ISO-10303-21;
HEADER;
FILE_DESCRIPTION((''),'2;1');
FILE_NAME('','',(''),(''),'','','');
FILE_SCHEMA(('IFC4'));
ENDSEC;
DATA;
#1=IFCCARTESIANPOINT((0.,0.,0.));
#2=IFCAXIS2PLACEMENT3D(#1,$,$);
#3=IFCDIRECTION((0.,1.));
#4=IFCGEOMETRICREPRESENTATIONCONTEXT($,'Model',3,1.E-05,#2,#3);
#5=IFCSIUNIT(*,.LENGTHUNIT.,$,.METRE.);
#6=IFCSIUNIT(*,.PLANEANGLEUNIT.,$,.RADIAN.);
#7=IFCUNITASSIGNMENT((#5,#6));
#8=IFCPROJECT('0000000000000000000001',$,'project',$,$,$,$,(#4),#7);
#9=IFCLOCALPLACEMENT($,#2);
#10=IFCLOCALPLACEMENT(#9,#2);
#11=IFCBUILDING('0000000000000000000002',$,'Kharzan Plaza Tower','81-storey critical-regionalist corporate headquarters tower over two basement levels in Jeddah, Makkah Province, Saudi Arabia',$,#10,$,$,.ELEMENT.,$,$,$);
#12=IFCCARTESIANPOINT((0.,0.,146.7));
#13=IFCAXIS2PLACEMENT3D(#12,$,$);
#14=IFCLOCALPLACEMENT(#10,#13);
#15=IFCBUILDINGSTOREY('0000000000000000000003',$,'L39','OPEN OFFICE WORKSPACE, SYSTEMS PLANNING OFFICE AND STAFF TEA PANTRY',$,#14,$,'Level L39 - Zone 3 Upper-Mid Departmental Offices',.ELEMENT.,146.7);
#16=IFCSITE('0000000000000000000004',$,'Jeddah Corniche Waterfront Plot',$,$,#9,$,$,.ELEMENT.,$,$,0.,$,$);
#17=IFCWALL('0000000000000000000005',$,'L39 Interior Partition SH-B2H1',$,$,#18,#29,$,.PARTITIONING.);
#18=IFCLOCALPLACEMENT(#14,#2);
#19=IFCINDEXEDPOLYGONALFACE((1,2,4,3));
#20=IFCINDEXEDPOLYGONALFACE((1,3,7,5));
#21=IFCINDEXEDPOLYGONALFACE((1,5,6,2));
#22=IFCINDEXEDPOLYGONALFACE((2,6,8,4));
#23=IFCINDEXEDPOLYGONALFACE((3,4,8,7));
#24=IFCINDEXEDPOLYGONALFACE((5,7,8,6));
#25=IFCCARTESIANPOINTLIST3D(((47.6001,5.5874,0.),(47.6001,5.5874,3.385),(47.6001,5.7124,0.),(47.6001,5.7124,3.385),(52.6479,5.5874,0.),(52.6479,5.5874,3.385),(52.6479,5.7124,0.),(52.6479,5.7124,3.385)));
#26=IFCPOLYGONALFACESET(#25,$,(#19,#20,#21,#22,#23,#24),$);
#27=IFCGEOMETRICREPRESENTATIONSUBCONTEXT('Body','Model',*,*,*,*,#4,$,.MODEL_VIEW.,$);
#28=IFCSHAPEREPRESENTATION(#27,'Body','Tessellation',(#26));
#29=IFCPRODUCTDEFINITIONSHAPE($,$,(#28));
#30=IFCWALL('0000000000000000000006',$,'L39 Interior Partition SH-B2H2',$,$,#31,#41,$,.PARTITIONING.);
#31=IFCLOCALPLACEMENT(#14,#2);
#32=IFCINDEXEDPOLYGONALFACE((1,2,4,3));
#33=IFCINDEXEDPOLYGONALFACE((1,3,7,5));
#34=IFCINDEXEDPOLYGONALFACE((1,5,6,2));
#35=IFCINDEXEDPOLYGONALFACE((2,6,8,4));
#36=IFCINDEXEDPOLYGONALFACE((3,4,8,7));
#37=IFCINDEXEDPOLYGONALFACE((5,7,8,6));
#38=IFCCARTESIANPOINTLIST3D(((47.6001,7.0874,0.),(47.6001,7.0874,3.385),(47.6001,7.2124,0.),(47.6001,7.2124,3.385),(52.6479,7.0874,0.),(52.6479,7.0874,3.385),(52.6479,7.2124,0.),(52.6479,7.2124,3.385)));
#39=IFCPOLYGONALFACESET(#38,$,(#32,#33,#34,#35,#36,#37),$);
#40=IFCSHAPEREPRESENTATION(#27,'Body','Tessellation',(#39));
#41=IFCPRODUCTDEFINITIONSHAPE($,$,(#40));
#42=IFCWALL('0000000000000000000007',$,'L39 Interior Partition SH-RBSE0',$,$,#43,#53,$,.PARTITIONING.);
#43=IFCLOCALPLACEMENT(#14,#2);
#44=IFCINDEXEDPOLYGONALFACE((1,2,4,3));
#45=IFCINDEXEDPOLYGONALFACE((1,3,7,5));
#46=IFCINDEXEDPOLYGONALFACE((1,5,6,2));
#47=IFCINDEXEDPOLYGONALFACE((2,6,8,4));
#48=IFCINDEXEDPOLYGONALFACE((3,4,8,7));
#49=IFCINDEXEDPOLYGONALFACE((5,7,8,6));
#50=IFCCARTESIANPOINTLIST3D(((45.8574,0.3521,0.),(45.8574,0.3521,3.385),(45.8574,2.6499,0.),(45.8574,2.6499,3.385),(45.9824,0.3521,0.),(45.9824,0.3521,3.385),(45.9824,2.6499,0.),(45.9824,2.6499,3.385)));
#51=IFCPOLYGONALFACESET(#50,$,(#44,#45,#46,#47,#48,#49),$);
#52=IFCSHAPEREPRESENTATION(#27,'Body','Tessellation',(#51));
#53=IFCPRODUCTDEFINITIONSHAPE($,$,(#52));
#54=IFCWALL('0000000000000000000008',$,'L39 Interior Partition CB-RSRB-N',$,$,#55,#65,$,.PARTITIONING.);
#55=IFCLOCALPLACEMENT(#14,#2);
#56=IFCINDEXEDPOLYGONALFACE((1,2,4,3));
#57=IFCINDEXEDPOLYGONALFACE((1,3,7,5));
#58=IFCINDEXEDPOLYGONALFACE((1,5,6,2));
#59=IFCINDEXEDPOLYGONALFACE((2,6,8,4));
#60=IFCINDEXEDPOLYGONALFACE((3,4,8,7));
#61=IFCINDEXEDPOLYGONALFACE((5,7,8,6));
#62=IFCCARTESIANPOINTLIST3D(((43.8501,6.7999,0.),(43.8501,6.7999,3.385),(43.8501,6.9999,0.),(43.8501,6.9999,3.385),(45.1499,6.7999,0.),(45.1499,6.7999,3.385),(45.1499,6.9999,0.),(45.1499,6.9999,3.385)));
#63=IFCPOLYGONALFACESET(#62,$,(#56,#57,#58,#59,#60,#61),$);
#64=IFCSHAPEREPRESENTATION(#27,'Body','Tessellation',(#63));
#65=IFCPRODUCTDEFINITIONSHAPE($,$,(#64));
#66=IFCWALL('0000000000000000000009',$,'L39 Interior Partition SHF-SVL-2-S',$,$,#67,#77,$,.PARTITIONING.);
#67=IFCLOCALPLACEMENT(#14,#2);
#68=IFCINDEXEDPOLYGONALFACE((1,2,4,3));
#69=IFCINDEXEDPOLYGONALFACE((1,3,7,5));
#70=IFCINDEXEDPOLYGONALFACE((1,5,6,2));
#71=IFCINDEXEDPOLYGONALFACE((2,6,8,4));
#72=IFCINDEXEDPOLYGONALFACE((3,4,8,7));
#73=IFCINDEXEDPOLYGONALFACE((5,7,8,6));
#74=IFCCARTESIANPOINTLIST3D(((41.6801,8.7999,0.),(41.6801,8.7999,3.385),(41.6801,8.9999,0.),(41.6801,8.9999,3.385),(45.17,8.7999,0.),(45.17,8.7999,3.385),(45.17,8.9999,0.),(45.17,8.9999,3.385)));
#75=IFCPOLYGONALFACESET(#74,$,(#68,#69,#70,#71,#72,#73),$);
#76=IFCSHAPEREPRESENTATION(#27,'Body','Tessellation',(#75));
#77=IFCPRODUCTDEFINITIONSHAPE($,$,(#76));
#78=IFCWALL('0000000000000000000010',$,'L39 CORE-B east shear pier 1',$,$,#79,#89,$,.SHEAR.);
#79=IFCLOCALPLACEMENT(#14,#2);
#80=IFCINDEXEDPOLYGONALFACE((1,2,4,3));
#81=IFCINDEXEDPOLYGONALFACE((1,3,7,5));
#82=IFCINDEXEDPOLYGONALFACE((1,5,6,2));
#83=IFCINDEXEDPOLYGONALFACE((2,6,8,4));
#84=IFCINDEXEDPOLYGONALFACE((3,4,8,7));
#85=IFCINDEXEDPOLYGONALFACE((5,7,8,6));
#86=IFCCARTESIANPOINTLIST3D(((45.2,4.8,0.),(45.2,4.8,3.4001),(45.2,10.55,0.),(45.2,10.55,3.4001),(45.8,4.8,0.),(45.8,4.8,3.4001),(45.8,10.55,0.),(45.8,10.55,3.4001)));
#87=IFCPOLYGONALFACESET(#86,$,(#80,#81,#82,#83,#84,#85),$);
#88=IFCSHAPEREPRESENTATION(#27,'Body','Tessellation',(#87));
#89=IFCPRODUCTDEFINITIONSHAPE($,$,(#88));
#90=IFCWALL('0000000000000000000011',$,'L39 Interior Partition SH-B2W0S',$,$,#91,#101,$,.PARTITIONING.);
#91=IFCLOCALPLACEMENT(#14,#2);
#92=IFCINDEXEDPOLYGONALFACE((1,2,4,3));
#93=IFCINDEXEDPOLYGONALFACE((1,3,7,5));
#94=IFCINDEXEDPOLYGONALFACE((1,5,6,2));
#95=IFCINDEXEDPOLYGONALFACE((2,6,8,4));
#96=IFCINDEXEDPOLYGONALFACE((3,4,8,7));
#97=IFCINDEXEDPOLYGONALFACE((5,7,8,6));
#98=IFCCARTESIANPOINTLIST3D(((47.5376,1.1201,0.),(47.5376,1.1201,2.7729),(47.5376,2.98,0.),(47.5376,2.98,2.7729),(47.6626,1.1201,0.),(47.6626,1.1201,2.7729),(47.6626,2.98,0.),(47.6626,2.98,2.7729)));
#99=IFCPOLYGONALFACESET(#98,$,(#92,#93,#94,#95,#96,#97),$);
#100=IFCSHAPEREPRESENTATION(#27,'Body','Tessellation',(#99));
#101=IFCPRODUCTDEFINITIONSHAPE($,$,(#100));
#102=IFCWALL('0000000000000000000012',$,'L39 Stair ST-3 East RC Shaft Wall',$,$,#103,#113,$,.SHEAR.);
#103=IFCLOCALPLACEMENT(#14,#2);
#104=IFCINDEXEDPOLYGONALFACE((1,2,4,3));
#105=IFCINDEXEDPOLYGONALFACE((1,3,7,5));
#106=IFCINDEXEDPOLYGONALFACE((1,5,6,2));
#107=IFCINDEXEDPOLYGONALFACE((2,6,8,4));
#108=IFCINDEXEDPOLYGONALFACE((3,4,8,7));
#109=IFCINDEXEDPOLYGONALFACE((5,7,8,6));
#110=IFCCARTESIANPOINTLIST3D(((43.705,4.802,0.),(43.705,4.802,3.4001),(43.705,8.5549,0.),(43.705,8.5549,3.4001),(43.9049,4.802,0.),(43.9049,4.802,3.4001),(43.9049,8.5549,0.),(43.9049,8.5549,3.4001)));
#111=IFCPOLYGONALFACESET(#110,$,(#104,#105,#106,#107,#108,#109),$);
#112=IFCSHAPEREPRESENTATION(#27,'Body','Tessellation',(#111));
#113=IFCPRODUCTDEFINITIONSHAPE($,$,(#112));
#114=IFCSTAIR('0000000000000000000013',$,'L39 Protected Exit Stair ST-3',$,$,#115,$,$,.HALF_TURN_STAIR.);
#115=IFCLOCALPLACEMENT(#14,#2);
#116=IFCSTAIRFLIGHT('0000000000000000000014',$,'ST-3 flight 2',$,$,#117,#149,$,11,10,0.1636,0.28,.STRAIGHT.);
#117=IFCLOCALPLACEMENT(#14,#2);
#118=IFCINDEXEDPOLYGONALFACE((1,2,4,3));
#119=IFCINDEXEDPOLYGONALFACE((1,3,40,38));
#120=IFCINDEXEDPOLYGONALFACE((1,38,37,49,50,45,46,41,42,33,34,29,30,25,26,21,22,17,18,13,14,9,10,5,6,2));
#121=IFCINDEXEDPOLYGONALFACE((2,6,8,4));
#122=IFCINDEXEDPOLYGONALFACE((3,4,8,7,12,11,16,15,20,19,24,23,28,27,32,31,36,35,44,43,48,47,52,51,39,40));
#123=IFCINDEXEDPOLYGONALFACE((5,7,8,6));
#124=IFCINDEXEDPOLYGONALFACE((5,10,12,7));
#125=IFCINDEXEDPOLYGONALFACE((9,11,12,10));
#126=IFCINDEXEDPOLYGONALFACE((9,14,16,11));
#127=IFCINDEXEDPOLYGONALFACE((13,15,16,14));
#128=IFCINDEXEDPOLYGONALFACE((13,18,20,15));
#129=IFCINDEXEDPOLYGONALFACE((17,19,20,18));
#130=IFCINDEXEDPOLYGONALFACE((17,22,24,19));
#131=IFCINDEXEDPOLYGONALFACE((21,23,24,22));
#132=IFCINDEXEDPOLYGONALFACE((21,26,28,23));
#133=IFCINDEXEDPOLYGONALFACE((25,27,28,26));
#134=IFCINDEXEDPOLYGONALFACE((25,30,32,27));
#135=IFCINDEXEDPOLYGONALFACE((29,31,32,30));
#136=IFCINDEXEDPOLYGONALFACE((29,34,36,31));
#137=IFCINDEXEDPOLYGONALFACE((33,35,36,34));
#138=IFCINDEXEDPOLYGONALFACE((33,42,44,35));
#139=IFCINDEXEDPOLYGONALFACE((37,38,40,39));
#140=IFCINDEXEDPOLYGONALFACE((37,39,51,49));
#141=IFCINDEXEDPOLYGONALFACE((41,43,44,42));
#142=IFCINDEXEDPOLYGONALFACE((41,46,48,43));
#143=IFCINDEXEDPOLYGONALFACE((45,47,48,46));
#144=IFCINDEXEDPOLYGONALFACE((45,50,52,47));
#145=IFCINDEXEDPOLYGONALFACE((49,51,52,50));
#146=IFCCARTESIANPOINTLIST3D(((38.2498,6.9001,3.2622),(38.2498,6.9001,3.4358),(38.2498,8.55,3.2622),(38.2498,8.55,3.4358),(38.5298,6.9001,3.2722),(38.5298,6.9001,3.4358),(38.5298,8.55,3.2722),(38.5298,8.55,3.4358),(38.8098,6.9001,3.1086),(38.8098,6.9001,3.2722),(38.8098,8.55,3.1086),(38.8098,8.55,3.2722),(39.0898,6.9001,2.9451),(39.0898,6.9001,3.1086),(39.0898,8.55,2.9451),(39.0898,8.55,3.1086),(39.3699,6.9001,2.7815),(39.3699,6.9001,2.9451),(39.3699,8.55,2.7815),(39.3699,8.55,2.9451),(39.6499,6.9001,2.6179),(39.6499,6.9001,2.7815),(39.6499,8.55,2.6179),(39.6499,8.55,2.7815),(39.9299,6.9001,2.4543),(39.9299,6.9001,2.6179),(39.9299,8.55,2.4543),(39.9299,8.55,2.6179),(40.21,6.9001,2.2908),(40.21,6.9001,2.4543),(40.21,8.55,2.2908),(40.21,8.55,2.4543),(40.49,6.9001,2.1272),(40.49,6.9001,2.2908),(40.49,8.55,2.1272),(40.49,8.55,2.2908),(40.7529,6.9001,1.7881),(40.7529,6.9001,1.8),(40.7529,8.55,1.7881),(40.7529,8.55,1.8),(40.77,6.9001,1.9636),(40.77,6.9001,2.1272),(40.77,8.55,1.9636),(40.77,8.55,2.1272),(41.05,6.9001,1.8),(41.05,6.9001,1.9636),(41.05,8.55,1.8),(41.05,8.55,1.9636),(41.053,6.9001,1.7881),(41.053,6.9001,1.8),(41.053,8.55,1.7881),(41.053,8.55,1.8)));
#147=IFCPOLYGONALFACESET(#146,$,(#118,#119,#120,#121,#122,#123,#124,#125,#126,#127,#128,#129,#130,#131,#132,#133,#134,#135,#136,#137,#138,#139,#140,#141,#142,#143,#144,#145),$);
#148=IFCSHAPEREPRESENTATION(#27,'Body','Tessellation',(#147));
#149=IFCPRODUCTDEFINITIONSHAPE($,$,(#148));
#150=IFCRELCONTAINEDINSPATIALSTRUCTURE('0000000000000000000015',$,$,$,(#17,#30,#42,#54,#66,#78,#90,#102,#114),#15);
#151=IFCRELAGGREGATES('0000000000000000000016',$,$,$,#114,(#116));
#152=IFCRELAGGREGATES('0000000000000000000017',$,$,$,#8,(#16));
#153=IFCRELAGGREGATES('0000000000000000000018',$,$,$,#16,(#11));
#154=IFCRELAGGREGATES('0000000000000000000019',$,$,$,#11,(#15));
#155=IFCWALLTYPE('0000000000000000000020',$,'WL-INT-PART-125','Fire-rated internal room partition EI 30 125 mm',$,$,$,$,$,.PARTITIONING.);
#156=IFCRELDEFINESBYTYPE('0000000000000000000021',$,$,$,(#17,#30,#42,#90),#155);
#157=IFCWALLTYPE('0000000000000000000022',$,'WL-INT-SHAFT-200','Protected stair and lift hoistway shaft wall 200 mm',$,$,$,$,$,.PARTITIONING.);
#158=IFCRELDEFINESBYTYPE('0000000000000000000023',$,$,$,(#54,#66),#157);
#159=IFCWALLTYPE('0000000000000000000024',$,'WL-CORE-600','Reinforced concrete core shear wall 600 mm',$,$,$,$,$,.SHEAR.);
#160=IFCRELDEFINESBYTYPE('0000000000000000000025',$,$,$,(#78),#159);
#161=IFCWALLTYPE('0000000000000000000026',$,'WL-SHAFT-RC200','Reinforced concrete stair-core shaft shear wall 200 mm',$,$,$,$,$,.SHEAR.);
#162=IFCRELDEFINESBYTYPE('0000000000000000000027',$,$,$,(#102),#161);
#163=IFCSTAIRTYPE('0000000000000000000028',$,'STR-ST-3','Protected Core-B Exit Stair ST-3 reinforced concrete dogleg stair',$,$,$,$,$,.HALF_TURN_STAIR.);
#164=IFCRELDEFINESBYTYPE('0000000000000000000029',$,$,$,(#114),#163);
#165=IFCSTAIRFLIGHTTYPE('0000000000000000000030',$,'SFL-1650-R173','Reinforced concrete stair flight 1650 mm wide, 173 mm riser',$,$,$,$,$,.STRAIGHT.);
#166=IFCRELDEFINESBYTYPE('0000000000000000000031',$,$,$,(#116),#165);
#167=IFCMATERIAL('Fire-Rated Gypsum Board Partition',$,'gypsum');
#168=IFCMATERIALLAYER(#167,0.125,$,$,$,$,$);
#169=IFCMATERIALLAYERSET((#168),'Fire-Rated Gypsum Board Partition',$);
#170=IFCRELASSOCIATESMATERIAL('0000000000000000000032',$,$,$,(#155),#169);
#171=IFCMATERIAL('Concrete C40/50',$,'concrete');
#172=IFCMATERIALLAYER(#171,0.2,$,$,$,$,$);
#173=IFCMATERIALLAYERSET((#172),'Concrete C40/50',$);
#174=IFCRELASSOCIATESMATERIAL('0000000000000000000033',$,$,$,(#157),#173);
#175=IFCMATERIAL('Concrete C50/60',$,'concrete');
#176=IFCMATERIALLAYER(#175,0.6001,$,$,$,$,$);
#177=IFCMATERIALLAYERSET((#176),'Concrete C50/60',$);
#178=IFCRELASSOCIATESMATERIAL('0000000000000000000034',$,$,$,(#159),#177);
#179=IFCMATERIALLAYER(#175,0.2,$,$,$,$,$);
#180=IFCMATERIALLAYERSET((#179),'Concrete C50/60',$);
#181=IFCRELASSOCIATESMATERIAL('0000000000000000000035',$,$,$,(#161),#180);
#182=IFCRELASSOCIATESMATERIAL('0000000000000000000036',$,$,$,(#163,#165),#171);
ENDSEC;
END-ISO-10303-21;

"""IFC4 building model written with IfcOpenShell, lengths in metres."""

from ifc_helpers import new_model, si_unit, direction, frame, frame_2d, origin, place, context, subcontext, project, spatial, polyline, rectangle, outline, extrude, source, transform, mapped, material, layer, layer_set, type_object, element, aggregate, save


model = new_model("IFC4")

# Units and contexts
model_context = context("Model", 3, precision=1e-05, world=origin(), true_north=direction((0.0, 1.0)))
body_context = subcontext(model_context, "Body", "Model", "MODEL_VIEW")
ifc_project = project(units=[si_unit("LENGTHUNIT", "METRE"), si_unit("PLANEANGLEUNIT", "RADIAN")], contexts=[model_context])

# Site, building, storey
site_placement = place(None, origin())
site = spatial("IfcSite", under=ifc_project, at=site_placement, Name="Jeddah Corniche Waterfront Plot", CompositionType="ELEMENT", RefElevation=0.0)
building_placement = place(site_placement, origin())
building = spatial("IfcBuilding", under=site, at=building_placement, Name="Kharzan Plaza Tower", Description="81-storey critical-regionalist corporate headquarters tower over two basement levels in Jeddah, Makkah Province, Saudi Arabia", CompositionType="ELEMENT")
storey_placement = place(building_placement, frame((0.0, 0.0, 146.7)))
storey = spatial("IfcBuildingStorey", under=building, at=storey_placement, Name="L39", Description="OPEN OFFICE WORKSPACE, SYSTEMS PLANNING OFFICE AND STAFF TEA PANTRY", LongName="Level L39 - Zone 3 Upper-Mid Departmental Offices", CompositionType="ELEMENT", Elevation=146.7)

# Shared definitions
ifc_material_1 = material(Name="Concrete C50/60", Category="concrete")

# Shared definitions
ifc_material_2 = material(Name="Fire-Rated Gypsum Board Partition", Category="gypsum")
ifc_layer_1 = layer(ifc_material_2, 0.125)
ifc_layer_set_1 = layer_set([ifc_layer_1], Name="Fire-Rated Gypsum Board Partition")
wall_type_1 = type_object("IfcWallType", Name="WL-INT-PART-125", Description="Fire-rated internal room partition EI 30 125 mm", PredefinedType="PARTITIONING", material=ifc_layer_set_1)

# Walls
shared_shape_1 = source(origin(), body_context, "Body", "SweptSolid", [
    extrude(rectangle(XDim=5.0479, YDim=0.125, at=frame_2d((2.5239, 0.0))), origin(), (0.0, 0.0, 1.0), 3.385),
])
for number, where, z_axis, x_axis, name in (
    (1, (47.6001, 5.6499, 0.0), (0.0, 0.0, 1.0), (1.0, 0.0, 0.0), "L39 Interior Partition SH-B2H1"),
    (2, (47.6001, 7.1499, 0.0), (0.0, 0.0, 1.0), (1.0, 0.0, 0.0), "L39 Interior Partition SH-B2H2"),
):
    element("IfcWall", number, at=place(storey_placement, frame(where, z_axis=z_axis, x_axis=x_axis)), inside=storey, type_object=wall_type_1, Name=name, PredefinedType="PARTITIONING", context=body_context, shape_type="MappedRepresentation", body=[
        mapped(shared_shape_1, transform((0.0, 0.0, 0.0), x_axis=(1.0, 0.0, 0.0), y_axis=(0.0, 1.0, 0.0), z_axis=(0.0, 0.0, 1.0))),
    ])
shared_shape_2 = source(origin(), body_context, "Body", "SweptSolid", [
    extrude(rectangle(XDim=2.2979, YDim=0.125, at=frame_2d((1.1489, 0.0))), origin(), (0.0, 0.0, 1.0), 3.385),
])
wall_1_placement = place(storey_placement, frame((45.9199, 0.3521, 0.0), z_axis=(0.0, 0.0, 1.0), x_axis=(0.0, 1.0, 0.0)))
element("IfcWall", 3, at=wall_1_placement, inside=storey, type_object=wall_type_1, Name="L39 Interior Partition SH-RBSE0", PredefinedType="PARTITIONING", context=body_context, shape_type="MappedRepresentation", body=[
    mapped(shared_shape_2, transform((0.0, 0.0, 0.0), x_axis=(1.0, 0.0, 0.0), y_axis=(0.0, 1.0, 0.0), z_axis=(0.0, 0.0, 1.0))),
])
ifc_material_3 = material(Name="Concrete C40/50", Category="concrete")
ifc_layer_2 = layer(ifc_material_3, 0.2)
ifc_layer_set_2 = layer_set([ifc_layer_2], Name="Concrete C40/50")
wall_type_2 = type_object("IfcWallType", Name="WL-INT-SHAFT-200", Description="Protected stair and lift hoistway shaft wall 200 mm", PredefinedType="PARTITIONING", material=ifc_layer_set_2)
shared_shape_3 = source(origin(), body_context, "Body", "SweptSolid", [
    extrude(rectangle(XDim=1.2998, YDim=0.2, at=frame_2d((0.6499, 0.0))), origin(), (0.0, 0.0, 1.0), 3.385),
])
wall_2_placement = place(storey_placement, frame((43.8501, 6.8999, 0.0), z_axis=(0.0, 0.0, 1.0), x_axis=(1.0, 0.0, 0.0)))
element("IfcWall", 4, at=wall_2_placement, inside=storey, type_object=wall_type_2, Name="L39 Interior Partition CB-RSRB-N", PredefinedType="PARTITIONING", context=body_context, shape_type="MappedRepresentation", body=[
    mapped(shared_shape_3, transform((0.0, 0.0, 0.0), x_axis=(1.0, 0.0, 0.0), y_axis=(0.0, 1.0, 0.0), z_axis=(0.0, 0.0, 1.0))),
])
shared_shape_4 = source(origin(), body_context, "Body", "SweptSolid", [
    extrude(rectangle(XDim=3.49, YDim=0.2, at=frame_2d((1.7451, 0.0))), origin(), (0.0, 0.0, 1.0), 3.385),
])
wall_3_placement = place(storey_placement, frame((41.6799, 8.8999, 0.0), z_axis=(0.0, 0.0, 1.0), x_axis=(1.0, 0.0, 0.0)))
element("IfcWall", 5, at=wall_3_placement, inside=storey, type_object=wall_type_2, Name="L39 Interior Partition SHF-SVL-2-S", PredefinedType="PARTITIONING", context=body_context, shape_type="MappedRepresentation", body=[
    mapped(shared_shape_4, transform((0.0, 0.0, 0.0), x_axis=(1.0, 0.0, 0.0), y_axis=(0.0, 1.0, 0.0), z_axis=(0.0, 0.0, 1.0))),
])
ifc_layer_3 = layer(ifc_material_1, 0.6001)
ifc_layer_set_3 = layer_set([ifc_layer_3], Name="Concrete C50/60")
wall_type_3 = type_object("IfcWallType", Name="WL-CORE-600", Description="Reinforced concrete core shear wall 600 mm", PredefinedType="SHEAR", material=ifc_layer_set_3)
shared_shape_5 = source(origin(), body_context, "Body", "SweptSolid", [
    extrude(rectangle(XDim=5.75, YDim=0.6001, at=frame_2d((2.875, 0.0))), origin(), (0.0, 0.0, 1.0), 3.4001),
])
wall_4_placement = place(storey_placement, frame((45.5, 4.8, 0.0), z_axis=(0.0, 0.0, 1.0), x_axis=(0.0, 1.0, 0.0)))
element("IfcWall", 6, at=wall_4_placement, inside=storey, type_object=wall_type_3, Name="L39 CORE-B east shear pier 1", PredefinedType="SHEAR", context=body_context, shape_type="MappedRepresentation", body=[
    mapped(shared_shape_5, transform((0.0, 0.0, 0.0), x_axis=(1.0, 0.0, 0.0), y_axis=(0.0, 1.0, 0.0), z_axis=(0.0, 0.0, 1.0))),
])
shared_shape_6 = source(origin(), body_context, "Body", "SweptSolid", [
    extrude(rectangle(XDim=1.8599, YDim=0.125, at=frame_2d((0.9299, 0.0))), origin(), (0.0, 0.0, 1.0), 2.7729),
])
wall_5_placement = place(storey_placement, frame((47.6001, 1.1201, 0.0), z_axis=(0.0, 0.0, 1.0), x_axis=(0.0, 1.0, 0.0)))
element("IfcWall", 7, at=wall_5_placement, inside=storey, type_object=wall_type_1, Name="L39 Interior Partition SH-B2W0S", PredefinedType="PARTITIONING", context=body_context, shape_type="MappedRepresentation", body=[
    mapped(shared_shape_6, transform((0.0, 0.0, 0.0), x_axis=(1.0, 0.0, 0.0), y_axis=(0.0, 1.0, 0.0), z_axis=(0.0, 0.0, 1.0))),
])
ifc_layer_4 = layer(ifc_material_1, 0.2)
ifc_layer_set_4 = layer_set([ifc_layer_4], Name="Concrete C50/60")
wall_type_4 = type_object("IfcWallType", Name="WL-SHAFT-RC200", Description="Reinforced concrete stair-core shaft shear wall 200 mm", PredefinedType="SHEAR", material=ifc_layer_set_4)
shared_shape_7 = source(origin(), body_context, "Body", "SweptSolid", [
    extrude(rectangle(XDim=3.7529, YDim=0.2, at=frame_2d((1.8765, 0.0))), origin(), (0.0, 0.0, 1.0), 3.4001),
])
wall_6_placement = place(storey_placement, frame((43.8049, 4.802, 0.0), z_axis=(0.0, 0.0, 1.0), x_axis=(0.0, 1.0, 0.0)))
element("IfcWall", 8, at=wall_6_placement, inside=storey, type_object=wall_type_4, Name="L39 Stair ST-3 East RC Shaft Wall", PredefinedType="SHEAR", context=body_context, shape_type="MappedRepresentation", body=[
    mapped(shared_shape_7, transform((0.0, 0.0, 0.0), x_axis=(1.0, 0.0, 0.0), y_axis=(0.0, 1.0, 0.0), z_axis=(0.0, 0.0, 1.0))),
])

# Stair, stair flight
stair_type = type_object("IfcStairType", Name="STR-ST-3", Description="Protected Core-B Exit Stair ST-3 reinforced concrete dogleg stair", PredefinedType="HALF_TURN_STAIR", material=ifc_material_3)
stair_placement = place(storey_placement, origin())
stair = element("IfcStair", 9, at=stair_placement, inside=storey, type_object=stair_type, Name="L39 Protected Exit Stair ST-3", PredefinedType="HALF_TURN_STAIR")
stair_flight_type = type_object("IfcStairFlightType", Name="SFL-1650-R173", Description="Reinforced concrete stair flight 1650 mm wide, 173 mm riser", PredefinedType="STRAIGHT", material=ifc_material_3)
shared_shape_8 = source(origin(), body_context, "Body", "SweptSolid", [
    extrude(outline(polyline([(-0.0029, -0.012), (-0.0029, 0.0), (0.0, 0.0), (0.0, 0.1636), (0.28, 0.1636), (0.28, 0.3271), (0.5601, 0.3271), (0.5601, 0.4907), (0.8401, 0.4907), (0.8401, 0.6543), (1.1201, 0.6543), (1.1201, 0.8179), (1.4001, 0.8179), (1.4001, 0.9814), (1.6802, 0.9814), (1.6802, 1.145), (1.9602, 1.145), (1.9602, 1.3086), (2.2402, 1.3086), (2.2402, 1.4722), (2.5203, 1.4722), (2.5203, 1.6357), (2.8003, 1.6357), (2.8003, 1.7993), (2.8003, 1.4622), (0.2971, 0.0), (0.2971, -0.012), (-0.0029, -0.012)])), frame((0.0, 0.825, 0.0), z_axis=(0.0, -1.0, 0.0), x_axis=(1.0, 0.0, 0.0)), (0.0, 0.0, 1.0), 1.6499),
])
stair_flight_placement = place(storey_placement, frame((41.05, 7.7251, 1.8), z_axis=(0.0, 0.0, 1.0), x_axis=(-1.0, 0.0, 0.0)))
stair_flight = element("IfcStairFlight", 10, at=stair_flight_placement, type_object=stair_flight_type, Name="ST-3 flight 2", NumberOfRisers=11, NumberOfTreads=10, PredefinedType="STRAIGHT", RiserHeight=0.1636, TreadLength=0.28, context=body_context, shape_type="MappedRepresentation", body=[
    mapped(shared_shape_8, transform((0.0, 0.0, 0.0), x_axis=(1.0, 0.0, 0.0), y_axis=(0.0, 1.0, 0.0), z_axis=(0.0, 0.0, 1.0))),
])
aggregate(stair, [stair_flight])

save(model, "model.ifc")
